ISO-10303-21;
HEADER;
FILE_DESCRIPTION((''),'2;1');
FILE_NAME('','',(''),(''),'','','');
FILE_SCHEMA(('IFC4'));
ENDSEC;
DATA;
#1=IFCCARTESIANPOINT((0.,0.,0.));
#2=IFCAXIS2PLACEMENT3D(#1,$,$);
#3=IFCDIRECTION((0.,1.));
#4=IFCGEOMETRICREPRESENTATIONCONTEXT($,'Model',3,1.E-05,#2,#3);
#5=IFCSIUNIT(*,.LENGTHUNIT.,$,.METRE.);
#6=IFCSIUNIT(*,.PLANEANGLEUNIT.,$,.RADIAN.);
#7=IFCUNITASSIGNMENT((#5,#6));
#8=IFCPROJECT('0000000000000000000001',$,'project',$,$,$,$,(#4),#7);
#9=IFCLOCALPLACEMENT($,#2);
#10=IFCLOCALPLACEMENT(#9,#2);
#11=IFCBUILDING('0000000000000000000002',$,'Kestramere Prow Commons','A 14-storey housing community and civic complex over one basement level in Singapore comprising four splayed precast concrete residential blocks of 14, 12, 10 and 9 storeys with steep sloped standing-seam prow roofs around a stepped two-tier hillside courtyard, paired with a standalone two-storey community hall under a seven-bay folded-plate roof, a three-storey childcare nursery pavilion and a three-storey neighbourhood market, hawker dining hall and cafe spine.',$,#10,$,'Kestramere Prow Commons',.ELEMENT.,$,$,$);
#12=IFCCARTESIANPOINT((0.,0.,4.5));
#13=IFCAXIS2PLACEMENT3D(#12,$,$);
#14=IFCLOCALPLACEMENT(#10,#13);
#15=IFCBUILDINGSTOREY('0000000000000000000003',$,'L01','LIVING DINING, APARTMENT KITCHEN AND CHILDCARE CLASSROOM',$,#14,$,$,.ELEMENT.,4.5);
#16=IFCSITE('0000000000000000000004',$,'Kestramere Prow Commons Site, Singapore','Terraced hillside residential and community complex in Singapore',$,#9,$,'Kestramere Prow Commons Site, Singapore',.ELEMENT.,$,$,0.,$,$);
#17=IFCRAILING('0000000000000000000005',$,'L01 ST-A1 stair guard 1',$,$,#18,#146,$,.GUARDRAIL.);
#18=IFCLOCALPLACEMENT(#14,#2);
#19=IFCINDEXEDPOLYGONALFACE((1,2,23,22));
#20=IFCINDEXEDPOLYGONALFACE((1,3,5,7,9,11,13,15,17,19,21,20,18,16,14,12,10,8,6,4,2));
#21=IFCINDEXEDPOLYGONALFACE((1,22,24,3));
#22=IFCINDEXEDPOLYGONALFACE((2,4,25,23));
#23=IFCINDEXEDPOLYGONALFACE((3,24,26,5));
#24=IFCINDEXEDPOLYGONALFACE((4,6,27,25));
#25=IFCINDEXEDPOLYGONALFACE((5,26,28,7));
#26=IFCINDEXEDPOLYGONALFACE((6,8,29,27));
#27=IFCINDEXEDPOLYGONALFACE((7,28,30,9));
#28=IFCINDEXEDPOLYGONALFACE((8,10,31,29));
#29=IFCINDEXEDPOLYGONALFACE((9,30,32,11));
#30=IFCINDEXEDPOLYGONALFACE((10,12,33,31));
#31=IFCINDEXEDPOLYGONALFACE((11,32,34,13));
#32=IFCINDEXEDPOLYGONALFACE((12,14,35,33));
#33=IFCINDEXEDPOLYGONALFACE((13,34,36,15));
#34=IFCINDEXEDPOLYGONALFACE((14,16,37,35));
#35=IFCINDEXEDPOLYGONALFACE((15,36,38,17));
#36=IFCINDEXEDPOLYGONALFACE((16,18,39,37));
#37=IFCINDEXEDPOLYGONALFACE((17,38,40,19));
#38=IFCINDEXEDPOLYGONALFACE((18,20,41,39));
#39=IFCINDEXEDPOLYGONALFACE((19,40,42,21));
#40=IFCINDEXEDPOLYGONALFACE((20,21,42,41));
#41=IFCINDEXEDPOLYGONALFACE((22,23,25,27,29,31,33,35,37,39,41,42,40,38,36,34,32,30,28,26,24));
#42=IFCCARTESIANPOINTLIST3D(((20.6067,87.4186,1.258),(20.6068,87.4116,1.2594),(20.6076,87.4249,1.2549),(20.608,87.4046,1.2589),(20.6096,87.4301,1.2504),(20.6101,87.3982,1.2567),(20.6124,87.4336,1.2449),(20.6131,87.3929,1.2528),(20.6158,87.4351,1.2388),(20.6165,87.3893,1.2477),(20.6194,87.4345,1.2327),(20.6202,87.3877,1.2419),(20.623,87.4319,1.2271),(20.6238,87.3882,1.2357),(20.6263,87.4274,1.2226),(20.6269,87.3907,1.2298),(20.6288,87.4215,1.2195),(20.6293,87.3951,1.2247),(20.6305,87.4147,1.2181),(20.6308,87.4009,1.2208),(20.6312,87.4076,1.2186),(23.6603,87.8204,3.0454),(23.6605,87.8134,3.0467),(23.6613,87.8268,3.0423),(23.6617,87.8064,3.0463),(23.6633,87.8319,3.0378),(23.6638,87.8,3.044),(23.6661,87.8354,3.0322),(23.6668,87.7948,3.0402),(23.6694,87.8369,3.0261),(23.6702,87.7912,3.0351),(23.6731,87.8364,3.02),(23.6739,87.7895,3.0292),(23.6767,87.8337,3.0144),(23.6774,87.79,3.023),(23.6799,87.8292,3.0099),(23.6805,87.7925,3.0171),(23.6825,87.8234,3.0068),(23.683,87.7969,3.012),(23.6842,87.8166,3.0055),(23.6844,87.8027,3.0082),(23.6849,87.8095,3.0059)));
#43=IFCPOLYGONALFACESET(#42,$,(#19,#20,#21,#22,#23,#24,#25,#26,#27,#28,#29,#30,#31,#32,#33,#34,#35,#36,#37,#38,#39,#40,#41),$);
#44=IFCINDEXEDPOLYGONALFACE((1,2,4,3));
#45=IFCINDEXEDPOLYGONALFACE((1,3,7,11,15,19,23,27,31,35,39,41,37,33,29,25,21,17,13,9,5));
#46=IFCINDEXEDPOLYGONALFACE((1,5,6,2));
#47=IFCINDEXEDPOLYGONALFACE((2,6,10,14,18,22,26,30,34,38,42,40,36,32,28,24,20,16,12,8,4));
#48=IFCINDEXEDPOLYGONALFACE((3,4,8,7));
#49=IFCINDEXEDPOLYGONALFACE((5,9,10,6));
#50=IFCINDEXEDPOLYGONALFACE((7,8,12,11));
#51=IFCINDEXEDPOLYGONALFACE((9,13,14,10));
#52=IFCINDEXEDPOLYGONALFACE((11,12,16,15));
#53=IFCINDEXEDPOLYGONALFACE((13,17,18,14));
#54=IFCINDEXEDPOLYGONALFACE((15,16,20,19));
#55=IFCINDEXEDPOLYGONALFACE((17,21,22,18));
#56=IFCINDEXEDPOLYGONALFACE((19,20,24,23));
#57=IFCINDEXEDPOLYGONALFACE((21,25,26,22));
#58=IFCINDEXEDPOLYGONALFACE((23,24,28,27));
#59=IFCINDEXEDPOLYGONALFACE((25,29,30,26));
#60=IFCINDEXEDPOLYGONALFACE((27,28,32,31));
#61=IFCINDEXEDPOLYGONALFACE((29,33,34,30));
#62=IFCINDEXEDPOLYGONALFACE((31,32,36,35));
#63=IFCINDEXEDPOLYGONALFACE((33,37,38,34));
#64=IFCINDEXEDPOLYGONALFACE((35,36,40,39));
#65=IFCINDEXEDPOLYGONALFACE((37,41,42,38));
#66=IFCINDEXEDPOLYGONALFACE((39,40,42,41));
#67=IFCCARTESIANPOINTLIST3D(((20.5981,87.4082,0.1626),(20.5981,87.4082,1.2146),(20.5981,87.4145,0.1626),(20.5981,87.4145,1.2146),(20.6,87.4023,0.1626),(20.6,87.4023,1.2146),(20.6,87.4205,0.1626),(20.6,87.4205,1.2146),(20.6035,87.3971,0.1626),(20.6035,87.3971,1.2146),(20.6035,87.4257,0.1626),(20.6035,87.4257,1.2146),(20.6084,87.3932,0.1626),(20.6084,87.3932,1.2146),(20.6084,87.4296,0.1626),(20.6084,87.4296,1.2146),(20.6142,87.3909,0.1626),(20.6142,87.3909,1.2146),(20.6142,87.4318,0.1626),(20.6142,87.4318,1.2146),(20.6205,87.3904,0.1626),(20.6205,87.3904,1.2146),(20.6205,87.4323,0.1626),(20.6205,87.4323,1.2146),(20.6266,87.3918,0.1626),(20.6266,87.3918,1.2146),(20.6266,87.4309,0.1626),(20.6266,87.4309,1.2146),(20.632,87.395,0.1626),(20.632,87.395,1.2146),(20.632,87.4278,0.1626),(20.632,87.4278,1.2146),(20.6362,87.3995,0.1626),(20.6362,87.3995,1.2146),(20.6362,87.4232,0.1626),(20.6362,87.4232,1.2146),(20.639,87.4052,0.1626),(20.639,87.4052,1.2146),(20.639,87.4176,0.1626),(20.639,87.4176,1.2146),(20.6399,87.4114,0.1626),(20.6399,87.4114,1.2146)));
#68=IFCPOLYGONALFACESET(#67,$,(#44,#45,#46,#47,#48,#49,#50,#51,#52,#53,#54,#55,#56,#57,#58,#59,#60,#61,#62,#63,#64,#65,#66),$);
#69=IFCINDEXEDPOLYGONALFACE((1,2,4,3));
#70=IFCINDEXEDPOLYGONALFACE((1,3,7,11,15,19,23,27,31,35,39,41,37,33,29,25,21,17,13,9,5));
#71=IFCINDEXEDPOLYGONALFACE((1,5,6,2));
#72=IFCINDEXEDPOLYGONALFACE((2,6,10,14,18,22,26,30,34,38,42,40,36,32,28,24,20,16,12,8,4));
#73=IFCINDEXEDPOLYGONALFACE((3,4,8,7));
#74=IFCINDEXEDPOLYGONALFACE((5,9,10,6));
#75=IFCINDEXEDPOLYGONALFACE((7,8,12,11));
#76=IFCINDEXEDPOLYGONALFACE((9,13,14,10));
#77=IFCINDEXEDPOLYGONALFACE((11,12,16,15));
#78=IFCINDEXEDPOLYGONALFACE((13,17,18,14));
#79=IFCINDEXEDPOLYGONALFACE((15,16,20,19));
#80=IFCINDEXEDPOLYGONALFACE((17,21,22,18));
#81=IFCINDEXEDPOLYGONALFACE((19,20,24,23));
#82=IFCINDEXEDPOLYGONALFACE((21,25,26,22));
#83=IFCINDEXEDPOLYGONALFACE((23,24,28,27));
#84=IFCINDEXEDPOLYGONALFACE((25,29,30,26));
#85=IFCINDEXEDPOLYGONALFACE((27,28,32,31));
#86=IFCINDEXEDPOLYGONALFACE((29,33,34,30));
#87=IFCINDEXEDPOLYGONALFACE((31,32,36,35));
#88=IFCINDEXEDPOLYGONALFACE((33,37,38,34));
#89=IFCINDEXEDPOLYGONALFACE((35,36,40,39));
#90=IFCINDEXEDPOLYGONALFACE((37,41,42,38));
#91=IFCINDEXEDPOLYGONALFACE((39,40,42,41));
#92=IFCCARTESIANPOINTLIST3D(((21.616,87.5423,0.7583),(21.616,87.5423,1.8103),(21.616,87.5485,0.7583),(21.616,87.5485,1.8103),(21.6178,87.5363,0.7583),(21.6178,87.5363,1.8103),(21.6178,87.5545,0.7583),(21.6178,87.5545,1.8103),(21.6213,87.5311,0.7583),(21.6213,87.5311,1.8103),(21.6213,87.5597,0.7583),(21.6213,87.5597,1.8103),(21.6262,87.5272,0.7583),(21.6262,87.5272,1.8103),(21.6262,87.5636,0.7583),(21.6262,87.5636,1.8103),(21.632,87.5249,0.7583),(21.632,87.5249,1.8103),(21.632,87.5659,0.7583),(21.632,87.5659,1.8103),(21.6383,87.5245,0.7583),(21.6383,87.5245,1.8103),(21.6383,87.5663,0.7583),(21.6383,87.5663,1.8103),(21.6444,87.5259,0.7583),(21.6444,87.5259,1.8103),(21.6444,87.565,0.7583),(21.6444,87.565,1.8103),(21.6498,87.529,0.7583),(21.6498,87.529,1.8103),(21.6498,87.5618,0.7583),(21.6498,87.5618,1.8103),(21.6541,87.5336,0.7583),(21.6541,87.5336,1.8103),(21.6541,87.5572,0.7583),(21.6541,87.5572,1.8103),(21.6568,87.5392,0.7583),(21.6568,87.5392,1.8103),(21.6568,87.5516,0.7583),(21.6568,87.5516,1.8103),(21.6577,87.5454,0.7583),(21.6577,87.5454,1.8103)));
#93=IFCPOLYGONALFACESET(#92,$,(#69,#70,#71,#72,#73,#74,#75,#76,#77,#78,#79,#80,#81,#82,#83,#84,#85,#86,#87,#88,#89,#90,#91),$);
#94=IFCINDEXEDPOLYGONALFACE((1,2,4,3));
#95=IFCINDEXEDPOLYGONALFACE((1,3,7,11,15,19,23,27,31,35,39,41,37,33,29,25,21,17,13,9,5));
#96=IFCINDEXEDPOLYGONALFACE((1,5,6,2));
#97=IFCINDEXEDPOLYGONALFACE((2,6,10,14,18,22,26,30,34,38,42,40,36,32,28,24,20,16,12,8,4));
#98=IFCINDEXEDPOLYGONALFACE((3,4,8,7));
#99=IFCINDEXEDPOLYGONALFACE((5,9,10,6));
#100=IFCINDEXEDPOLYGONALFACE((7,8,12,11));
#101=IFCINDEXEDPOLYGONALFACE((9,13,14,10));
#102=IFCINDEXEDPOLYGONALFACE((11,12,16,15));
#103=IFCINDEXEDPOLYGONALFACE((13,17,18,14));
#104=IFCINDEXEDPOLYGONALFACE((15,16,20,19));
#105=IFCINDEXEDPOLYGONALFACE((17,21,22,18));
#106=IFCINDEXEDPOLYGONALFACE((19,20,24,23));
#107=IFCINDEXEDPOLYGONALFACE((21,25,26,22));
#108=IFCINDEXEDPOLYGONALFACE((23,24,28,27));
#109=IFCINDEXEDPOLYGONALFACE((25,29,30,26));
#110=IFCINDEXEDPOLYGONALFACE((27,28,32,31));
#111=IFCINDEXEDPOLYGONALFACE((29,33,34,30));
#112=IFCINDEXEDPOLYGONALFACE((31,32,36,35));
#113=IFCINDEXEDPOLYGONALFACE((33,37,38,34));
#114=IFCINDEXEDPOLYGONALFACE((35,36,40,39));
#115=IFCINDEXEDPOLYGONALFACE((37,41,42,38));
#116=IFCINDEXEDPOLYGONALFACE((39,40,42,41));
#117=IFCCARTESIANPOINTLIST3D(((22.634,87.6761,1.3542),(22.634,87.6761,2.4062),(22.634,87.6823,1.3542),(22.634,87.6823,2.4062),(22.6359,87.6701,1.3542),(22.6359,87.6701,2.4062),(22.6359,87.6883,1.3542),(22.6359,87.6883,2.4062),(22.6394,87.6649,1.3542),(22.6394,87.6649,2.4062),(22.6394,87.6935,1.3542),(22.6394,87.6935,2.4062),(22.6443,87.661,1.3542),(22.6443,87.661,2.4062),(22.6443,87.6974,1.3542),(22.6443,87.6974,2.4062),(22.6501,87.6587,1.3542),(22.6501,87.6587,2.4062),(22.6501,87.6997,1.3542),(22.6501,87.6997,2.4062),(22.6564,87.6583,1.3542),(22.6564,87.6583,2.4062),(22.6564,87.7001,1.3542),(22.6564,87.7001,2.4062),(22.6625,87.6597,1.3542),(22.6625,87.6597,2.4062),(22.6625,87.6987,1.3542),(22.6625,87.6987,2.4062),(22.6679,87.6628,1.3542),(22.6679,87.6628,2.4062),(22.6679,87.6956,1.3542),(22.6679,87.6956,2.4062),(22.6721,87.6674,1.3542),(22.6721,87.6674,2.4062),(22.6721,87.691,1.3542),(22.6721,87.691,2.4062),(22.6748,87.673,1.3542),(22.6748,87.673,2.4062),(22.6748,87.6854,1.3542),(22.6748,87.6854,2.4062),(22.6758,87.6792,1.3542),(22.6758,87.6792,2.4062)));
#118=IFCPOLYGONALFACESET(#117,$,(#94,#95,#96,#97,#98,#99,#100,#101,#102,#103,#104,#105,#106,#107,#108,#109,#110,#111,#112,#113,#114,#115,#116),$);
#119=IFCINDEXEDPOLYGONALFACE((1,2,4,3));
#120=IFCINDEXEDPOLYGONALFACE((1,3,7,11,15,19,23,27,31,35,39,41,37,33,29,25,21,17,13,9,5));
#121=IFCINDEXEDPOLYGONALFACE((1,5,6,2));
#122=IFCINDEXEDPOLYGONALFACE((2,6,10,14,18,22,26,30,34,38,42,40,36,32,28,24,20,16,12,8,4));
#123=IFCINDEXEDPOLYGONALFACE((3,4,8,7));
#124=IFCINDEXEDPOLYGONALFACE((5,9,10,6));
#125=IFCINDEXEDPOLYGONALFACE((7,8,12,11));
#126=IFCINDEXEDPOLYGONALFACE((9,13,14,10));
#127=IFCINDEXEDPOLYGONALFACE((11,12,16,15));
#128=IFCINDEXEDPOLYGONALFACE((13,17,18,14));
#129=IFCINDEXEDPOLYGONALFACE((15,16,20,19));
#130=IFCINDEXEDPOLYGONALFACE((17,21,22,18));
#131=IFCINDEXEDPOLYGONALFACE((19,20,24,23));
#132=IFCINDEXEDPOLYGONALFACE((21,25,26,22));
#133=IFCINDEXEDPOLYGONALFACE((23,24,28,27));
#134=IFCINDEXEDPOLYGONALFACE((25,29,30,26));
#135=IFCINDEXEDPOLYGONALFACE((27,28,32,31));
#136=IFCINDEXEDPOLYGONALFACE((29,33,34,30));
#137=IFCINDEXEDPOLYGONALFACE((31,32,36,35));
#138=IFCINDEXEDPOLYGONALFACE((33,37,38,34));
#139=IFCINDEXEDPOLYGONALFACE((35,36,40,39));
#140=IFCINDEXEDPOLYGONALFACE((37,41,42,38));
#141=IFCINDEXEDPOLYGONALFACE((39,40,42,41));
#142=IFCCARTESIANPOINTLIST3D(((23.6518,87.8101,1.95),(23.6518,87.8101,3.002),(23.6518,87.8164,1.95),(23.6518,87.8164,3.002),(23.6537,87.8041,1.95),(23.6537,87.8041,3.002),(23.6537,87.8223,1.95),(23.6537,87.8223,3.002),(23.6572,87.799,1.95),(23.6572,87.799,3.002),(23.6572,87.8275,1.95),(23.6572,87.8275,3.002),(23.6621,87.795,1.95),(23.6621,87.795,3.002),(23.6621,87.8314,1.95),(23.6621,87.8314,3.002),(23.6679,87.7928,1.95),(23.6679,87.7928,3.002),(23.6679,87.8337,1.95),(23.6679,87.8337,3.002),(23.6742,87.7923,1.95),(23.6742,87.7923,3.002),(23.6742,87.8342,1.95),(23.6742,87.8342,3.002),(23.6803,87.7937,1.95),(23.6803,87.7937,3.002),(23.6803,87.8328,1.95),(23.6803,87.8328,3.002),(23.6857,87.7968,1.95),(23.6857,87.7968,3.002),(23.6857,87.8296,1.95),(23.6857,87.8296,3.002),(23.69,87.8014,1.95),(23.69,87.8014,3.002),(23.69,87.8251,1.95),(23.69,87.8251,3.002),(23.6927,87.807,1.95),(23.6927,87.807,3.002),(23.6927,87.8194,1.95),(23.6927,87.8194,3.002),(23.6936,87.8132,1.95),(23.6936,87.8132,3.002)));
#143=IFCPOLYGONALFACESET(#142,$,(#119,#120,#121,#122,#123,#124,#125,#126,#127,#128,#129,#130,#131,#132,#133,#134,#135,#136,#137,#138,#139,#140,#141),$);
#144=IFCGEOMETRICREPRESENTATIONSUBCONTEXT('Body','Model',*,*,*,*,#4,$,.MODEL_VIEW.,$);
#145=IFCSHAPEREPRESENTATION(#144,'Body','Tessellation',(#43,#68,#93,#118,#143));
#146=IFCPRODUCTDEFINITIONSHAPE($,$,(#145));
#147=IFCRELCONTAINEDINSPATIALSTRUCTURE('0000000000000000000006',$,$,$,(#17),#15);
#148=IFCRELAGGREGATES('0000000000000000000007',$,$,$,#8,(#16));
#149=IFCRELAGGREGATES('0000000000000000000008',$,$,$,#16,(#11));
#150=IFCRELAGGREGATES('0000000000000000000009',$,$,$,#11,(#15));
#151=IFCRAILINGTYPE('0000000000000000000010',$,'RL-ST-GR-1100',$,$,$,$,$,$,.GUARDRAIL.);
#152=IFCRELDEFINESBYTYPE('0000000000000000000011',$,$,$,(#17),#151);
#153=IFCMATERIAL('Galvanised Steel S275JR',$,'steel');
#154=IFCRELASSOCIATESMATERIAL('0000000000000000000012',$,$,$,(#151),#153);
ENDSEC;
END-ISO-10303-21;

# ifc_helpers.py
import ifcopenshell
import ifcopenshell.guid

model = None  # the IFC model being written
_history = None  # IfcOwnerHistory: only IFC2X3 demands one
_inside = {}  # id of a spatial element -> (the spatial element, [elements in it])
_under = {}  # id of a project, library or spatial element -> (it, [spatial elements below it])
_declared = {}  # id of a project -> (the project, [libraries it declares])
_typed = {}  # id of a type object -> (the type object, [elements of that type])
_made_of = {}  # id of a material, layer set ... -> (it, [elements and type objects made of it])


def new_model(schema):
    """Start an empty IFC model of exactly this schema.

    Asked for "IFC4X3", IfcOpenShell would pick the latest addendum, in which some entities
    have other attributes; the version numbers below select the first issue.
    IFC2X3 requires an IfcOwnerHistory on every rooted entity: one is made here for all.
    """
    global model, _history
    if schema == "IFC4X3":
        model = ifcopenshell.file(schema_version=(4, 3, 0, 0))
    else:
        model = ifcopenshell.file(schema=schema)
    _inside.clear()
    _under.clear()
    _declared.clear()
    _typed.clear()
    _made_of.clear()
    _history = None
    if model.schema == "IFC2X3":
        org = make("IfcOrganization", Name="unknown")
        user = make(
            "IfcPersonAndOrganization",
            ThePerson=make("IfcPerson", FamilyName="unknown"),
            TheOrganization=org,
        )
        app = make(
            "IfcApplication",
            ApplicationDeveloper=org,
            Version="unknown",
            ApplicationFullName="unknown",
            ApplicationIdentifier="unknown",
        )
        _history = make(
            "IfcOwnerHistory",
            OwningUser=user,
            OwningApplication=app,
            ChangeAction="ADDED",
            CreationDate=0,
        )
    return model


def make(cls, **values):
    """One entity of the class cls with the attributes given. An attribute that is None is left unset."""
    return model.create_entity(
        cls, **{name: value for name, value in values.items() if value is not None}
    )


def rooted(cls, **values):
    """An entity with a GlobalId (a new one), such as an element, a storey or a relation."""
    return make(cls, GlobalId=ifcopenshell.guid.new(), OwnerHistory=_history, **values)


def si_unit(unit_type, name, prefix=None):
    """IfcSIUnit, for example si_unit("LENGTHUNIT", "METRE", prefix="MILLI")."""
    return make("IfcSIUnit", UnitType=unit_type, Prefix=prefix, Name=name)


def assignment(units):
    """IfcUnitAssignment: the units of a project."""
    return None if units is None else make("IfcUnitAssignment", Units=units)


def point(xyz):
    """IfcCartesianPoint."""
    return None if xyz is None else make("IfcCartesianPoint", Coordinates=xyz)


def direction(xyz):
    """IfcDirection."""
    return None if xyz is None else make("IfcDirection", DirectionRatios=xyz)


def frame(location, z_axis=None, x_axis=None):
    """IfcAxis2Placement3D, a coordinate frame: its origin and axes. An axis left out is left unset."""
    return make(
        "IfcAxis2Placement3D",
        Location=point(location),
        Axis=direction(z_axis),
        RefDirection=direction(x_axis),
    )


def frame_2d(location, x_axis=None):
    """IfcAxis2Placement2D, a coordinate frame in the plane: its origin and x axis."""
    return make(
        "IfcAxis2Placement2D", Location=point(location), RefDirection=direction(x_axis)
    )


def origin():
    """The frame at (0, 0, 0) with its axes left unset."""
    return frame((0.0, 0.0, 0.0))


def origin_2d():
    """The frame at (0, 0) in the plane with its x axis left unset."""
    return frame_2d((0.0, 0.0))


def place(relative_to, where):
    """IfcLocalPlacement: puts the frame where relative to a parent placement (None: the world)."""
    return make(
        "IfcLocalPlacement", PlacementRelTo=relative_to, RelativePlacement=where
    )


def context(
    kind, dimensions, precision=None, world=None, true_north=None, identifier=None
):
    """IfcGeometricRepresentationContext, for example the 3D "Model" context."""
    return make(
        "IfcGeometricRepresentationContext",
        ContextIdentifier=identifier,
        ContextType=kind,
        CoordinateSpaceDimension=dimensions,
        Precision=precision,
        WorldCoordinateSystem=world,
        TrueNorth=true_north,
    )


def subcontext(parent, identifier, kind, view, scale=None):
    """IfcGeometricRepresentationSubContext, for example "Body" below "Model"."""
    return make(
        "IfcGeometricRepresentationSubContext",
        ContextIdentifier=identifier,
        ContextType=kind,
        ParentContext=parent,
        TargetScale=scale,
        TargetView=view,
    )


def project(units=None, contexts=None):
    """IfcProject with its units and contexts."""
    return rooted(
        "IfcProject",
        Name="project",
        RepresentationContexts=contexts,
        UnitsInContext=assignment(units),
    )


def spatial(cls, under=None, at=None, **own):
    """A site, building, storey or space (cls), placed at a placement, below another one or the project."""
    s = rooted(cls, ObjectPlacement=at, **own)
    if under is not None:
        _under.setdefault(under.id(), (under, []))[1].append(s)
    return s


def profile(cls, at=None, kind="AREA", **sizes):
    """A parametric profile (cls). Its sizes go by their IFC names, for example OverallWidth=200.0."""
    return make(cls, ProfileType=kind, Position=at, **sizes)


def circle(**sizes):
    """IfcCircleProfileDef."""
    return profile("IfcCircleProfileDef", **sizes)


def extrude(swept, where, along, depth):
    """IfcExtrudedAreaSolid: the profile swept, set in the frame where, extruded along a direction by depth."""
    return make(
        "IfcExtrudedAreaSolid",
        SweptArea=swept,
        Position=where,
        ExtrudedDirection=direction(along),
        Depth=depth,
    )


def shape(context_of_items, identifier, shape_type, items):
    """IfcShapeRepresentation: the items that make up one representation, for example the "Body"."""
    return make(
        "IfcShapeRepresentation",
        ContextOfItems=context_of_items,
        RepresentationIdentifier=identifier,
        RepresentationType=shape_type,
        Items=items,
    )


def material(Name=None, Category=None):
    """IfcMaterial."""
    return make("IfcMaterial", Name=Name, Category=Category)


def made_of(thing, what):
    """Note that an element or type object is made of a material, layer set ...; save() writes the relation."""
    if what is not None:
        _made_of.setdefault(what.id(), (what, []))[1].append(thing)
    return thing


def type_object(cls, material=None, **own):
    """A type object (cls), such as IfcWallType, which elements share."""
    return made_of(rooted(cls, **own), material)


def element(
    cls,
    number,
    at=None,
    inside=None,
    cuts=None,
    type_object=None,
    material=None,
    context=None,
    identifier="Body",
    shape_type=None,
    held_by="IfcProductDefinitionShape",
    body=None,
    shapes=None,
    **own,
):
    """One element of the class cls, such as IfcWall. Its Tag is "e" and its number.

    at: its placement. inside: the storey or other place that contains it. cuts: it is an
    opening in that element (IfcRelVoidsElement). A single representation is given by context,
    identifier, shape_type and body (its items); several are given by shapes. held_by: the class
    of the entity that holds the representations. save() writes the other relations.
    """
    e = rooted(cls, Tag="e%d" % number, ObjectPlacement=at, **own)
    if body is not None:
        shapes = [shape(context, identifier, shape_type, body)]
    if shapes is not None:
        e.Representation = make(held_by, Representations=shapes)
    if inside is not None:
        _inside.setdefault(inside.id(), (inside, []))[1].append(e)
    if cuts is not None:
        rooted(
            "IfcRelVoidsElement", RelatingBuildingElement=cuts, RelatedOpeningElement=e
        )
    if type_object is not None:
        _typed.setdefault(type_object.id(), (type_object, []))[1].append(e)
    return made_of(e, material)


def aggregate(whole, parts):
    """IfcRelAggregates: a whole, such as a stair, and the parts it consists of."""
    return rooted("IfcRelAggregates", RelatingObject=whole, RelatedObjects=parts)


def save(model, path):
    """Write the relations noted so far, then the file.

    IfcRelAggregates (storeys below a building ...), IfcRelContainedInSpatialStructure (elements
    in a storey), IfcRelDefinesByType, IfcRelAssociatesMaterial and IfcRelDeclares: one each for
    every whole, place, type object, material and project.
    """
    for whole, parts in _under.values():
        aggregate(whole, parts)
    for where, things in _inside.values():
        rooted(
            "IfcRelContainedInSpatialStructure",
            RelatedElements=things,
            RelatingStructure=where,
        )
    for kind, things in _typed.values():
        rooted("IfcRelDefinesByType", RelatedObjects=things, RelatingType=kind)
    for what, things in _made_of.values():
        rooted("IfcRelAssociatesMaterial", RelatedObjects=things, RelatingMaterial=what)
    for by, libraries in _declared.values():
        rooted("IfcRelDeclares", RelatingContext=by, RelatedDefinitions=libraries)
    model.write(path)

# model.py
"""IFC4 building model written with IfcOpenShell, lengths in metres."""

from ifc_helpers import new_model, si_unit, direction, frame, origin, origin_2d, place, context, subcontext, project, spatial, circle, extrude, material, type_object, element, save


model = new_model("IFC4")

# Units and contexts
model_context = context("Model", 3, precision=1e-05, world=origin(), true_north=direction((0.0, 1.0)))
body_context = subcontext(model_context, "Body", "Model", "MODEL_VIEW")
ifc_project = project(units=[si_unit("LENGTHUNIT", "METRE"), si_unit("PLANEANGLEUNIT", "RADIAN")], contexts=[model_context])

# Site, building, storey
site_placement = place(None, origin())
site = spatial("IfcSite", under=ifc_project, at=site_placement, Name="Kestramere Prow Commons Site, Singapore", Description="Terraced hillside residential and community complex in Singapore", LongName="Kestramere Prow Commons Site, Singapore", CompositionType="ELEMENT", RefElevation=0.0)
building_placement = place(site_placement, origin())
building = spatial("IfcBuilding", under=site, at=building_placement, Name="Kestramere Prow Commons", Description="A 14-storey housing community and civic complex over one basement level in Singapore comprising four splayed precast concrete residential blocks of 14, 12, 10 and 9 storeys with steep sloped standing-seam prow roofs around a stepped two-tier hillside courtyard, paired with a standalone two-storey community hall under a seven-bay folded-plate roof, a three-storey childcare nursery pavilion and a three-storey neighbourhood market, hawker dining hall and cafe spine.", LongName="Kestramere Prow Commons", CompositionType="ELEMENT")
storey_placement = place(building_placement, frame((0.0, 0.0, 4.5)))
storey = spatial("IfcBuildingStorey", under=building, at=storey_placement, Name="L01", Description="LIVING DINING, APARTMENT KITCHEN AND CHILDCARE CLASSROOM", CompositionType="ELEMENT", Elevation=4.5)

# Railing
ifc_material_1 = material(Name="Galvanised Steel S275JR", Category="steel")
railing_type_1 = type_object("IfcRailingType", Name="RL-ST-GR-1100", PredefinedType="GUARDRAIL", material=ifc_material_1)
railing_1_placement = place(storey_placement, frame((20.6189, 87.4114, 0.1626)))
element("IfcRailing", 1, at=railing_1_placement, inside=storey, type_object=railing_type_1, Name="L01 ST-A1 stair guard 1", PredefinedType="GUARDRAIL", context=body_context, shape_type="SweptSolid", body=[
    extrude(circle(Radius=0.0239, at=origin_2d()), frame((0.0, 0.0, 1.0762), z_axis=(0.857524, 0.112847, 0.501914), x_axis=(-0.130471, 0.991452, 0.0)), (0.0, 0.0, 1.0), 3.561),
    extrude(circle(Radius=0.021, at=origin_2d()), origin(), (0.0, 0.0, 1.0), 1.052),
    extrude(circle(Radius=0.021, at=origin_2d()), frame((1.0178, 0.134, 0.5957)), (0.0, 0.0, 1.0), 1.052),
    extrude(circle(Radius=0.021, at=origin_2d()), frame((2.0359, 0.2678, 1.1917)), (0.0, 0.0, 1.0), 1.052),
    extrude(circle(Radius=0.021, at=origin_2d()), frame((3.0537, 0.4019, 1.7874)), (0.0, 0.0, 1.0), 1.052),
])

save(model, "model.ifc")
